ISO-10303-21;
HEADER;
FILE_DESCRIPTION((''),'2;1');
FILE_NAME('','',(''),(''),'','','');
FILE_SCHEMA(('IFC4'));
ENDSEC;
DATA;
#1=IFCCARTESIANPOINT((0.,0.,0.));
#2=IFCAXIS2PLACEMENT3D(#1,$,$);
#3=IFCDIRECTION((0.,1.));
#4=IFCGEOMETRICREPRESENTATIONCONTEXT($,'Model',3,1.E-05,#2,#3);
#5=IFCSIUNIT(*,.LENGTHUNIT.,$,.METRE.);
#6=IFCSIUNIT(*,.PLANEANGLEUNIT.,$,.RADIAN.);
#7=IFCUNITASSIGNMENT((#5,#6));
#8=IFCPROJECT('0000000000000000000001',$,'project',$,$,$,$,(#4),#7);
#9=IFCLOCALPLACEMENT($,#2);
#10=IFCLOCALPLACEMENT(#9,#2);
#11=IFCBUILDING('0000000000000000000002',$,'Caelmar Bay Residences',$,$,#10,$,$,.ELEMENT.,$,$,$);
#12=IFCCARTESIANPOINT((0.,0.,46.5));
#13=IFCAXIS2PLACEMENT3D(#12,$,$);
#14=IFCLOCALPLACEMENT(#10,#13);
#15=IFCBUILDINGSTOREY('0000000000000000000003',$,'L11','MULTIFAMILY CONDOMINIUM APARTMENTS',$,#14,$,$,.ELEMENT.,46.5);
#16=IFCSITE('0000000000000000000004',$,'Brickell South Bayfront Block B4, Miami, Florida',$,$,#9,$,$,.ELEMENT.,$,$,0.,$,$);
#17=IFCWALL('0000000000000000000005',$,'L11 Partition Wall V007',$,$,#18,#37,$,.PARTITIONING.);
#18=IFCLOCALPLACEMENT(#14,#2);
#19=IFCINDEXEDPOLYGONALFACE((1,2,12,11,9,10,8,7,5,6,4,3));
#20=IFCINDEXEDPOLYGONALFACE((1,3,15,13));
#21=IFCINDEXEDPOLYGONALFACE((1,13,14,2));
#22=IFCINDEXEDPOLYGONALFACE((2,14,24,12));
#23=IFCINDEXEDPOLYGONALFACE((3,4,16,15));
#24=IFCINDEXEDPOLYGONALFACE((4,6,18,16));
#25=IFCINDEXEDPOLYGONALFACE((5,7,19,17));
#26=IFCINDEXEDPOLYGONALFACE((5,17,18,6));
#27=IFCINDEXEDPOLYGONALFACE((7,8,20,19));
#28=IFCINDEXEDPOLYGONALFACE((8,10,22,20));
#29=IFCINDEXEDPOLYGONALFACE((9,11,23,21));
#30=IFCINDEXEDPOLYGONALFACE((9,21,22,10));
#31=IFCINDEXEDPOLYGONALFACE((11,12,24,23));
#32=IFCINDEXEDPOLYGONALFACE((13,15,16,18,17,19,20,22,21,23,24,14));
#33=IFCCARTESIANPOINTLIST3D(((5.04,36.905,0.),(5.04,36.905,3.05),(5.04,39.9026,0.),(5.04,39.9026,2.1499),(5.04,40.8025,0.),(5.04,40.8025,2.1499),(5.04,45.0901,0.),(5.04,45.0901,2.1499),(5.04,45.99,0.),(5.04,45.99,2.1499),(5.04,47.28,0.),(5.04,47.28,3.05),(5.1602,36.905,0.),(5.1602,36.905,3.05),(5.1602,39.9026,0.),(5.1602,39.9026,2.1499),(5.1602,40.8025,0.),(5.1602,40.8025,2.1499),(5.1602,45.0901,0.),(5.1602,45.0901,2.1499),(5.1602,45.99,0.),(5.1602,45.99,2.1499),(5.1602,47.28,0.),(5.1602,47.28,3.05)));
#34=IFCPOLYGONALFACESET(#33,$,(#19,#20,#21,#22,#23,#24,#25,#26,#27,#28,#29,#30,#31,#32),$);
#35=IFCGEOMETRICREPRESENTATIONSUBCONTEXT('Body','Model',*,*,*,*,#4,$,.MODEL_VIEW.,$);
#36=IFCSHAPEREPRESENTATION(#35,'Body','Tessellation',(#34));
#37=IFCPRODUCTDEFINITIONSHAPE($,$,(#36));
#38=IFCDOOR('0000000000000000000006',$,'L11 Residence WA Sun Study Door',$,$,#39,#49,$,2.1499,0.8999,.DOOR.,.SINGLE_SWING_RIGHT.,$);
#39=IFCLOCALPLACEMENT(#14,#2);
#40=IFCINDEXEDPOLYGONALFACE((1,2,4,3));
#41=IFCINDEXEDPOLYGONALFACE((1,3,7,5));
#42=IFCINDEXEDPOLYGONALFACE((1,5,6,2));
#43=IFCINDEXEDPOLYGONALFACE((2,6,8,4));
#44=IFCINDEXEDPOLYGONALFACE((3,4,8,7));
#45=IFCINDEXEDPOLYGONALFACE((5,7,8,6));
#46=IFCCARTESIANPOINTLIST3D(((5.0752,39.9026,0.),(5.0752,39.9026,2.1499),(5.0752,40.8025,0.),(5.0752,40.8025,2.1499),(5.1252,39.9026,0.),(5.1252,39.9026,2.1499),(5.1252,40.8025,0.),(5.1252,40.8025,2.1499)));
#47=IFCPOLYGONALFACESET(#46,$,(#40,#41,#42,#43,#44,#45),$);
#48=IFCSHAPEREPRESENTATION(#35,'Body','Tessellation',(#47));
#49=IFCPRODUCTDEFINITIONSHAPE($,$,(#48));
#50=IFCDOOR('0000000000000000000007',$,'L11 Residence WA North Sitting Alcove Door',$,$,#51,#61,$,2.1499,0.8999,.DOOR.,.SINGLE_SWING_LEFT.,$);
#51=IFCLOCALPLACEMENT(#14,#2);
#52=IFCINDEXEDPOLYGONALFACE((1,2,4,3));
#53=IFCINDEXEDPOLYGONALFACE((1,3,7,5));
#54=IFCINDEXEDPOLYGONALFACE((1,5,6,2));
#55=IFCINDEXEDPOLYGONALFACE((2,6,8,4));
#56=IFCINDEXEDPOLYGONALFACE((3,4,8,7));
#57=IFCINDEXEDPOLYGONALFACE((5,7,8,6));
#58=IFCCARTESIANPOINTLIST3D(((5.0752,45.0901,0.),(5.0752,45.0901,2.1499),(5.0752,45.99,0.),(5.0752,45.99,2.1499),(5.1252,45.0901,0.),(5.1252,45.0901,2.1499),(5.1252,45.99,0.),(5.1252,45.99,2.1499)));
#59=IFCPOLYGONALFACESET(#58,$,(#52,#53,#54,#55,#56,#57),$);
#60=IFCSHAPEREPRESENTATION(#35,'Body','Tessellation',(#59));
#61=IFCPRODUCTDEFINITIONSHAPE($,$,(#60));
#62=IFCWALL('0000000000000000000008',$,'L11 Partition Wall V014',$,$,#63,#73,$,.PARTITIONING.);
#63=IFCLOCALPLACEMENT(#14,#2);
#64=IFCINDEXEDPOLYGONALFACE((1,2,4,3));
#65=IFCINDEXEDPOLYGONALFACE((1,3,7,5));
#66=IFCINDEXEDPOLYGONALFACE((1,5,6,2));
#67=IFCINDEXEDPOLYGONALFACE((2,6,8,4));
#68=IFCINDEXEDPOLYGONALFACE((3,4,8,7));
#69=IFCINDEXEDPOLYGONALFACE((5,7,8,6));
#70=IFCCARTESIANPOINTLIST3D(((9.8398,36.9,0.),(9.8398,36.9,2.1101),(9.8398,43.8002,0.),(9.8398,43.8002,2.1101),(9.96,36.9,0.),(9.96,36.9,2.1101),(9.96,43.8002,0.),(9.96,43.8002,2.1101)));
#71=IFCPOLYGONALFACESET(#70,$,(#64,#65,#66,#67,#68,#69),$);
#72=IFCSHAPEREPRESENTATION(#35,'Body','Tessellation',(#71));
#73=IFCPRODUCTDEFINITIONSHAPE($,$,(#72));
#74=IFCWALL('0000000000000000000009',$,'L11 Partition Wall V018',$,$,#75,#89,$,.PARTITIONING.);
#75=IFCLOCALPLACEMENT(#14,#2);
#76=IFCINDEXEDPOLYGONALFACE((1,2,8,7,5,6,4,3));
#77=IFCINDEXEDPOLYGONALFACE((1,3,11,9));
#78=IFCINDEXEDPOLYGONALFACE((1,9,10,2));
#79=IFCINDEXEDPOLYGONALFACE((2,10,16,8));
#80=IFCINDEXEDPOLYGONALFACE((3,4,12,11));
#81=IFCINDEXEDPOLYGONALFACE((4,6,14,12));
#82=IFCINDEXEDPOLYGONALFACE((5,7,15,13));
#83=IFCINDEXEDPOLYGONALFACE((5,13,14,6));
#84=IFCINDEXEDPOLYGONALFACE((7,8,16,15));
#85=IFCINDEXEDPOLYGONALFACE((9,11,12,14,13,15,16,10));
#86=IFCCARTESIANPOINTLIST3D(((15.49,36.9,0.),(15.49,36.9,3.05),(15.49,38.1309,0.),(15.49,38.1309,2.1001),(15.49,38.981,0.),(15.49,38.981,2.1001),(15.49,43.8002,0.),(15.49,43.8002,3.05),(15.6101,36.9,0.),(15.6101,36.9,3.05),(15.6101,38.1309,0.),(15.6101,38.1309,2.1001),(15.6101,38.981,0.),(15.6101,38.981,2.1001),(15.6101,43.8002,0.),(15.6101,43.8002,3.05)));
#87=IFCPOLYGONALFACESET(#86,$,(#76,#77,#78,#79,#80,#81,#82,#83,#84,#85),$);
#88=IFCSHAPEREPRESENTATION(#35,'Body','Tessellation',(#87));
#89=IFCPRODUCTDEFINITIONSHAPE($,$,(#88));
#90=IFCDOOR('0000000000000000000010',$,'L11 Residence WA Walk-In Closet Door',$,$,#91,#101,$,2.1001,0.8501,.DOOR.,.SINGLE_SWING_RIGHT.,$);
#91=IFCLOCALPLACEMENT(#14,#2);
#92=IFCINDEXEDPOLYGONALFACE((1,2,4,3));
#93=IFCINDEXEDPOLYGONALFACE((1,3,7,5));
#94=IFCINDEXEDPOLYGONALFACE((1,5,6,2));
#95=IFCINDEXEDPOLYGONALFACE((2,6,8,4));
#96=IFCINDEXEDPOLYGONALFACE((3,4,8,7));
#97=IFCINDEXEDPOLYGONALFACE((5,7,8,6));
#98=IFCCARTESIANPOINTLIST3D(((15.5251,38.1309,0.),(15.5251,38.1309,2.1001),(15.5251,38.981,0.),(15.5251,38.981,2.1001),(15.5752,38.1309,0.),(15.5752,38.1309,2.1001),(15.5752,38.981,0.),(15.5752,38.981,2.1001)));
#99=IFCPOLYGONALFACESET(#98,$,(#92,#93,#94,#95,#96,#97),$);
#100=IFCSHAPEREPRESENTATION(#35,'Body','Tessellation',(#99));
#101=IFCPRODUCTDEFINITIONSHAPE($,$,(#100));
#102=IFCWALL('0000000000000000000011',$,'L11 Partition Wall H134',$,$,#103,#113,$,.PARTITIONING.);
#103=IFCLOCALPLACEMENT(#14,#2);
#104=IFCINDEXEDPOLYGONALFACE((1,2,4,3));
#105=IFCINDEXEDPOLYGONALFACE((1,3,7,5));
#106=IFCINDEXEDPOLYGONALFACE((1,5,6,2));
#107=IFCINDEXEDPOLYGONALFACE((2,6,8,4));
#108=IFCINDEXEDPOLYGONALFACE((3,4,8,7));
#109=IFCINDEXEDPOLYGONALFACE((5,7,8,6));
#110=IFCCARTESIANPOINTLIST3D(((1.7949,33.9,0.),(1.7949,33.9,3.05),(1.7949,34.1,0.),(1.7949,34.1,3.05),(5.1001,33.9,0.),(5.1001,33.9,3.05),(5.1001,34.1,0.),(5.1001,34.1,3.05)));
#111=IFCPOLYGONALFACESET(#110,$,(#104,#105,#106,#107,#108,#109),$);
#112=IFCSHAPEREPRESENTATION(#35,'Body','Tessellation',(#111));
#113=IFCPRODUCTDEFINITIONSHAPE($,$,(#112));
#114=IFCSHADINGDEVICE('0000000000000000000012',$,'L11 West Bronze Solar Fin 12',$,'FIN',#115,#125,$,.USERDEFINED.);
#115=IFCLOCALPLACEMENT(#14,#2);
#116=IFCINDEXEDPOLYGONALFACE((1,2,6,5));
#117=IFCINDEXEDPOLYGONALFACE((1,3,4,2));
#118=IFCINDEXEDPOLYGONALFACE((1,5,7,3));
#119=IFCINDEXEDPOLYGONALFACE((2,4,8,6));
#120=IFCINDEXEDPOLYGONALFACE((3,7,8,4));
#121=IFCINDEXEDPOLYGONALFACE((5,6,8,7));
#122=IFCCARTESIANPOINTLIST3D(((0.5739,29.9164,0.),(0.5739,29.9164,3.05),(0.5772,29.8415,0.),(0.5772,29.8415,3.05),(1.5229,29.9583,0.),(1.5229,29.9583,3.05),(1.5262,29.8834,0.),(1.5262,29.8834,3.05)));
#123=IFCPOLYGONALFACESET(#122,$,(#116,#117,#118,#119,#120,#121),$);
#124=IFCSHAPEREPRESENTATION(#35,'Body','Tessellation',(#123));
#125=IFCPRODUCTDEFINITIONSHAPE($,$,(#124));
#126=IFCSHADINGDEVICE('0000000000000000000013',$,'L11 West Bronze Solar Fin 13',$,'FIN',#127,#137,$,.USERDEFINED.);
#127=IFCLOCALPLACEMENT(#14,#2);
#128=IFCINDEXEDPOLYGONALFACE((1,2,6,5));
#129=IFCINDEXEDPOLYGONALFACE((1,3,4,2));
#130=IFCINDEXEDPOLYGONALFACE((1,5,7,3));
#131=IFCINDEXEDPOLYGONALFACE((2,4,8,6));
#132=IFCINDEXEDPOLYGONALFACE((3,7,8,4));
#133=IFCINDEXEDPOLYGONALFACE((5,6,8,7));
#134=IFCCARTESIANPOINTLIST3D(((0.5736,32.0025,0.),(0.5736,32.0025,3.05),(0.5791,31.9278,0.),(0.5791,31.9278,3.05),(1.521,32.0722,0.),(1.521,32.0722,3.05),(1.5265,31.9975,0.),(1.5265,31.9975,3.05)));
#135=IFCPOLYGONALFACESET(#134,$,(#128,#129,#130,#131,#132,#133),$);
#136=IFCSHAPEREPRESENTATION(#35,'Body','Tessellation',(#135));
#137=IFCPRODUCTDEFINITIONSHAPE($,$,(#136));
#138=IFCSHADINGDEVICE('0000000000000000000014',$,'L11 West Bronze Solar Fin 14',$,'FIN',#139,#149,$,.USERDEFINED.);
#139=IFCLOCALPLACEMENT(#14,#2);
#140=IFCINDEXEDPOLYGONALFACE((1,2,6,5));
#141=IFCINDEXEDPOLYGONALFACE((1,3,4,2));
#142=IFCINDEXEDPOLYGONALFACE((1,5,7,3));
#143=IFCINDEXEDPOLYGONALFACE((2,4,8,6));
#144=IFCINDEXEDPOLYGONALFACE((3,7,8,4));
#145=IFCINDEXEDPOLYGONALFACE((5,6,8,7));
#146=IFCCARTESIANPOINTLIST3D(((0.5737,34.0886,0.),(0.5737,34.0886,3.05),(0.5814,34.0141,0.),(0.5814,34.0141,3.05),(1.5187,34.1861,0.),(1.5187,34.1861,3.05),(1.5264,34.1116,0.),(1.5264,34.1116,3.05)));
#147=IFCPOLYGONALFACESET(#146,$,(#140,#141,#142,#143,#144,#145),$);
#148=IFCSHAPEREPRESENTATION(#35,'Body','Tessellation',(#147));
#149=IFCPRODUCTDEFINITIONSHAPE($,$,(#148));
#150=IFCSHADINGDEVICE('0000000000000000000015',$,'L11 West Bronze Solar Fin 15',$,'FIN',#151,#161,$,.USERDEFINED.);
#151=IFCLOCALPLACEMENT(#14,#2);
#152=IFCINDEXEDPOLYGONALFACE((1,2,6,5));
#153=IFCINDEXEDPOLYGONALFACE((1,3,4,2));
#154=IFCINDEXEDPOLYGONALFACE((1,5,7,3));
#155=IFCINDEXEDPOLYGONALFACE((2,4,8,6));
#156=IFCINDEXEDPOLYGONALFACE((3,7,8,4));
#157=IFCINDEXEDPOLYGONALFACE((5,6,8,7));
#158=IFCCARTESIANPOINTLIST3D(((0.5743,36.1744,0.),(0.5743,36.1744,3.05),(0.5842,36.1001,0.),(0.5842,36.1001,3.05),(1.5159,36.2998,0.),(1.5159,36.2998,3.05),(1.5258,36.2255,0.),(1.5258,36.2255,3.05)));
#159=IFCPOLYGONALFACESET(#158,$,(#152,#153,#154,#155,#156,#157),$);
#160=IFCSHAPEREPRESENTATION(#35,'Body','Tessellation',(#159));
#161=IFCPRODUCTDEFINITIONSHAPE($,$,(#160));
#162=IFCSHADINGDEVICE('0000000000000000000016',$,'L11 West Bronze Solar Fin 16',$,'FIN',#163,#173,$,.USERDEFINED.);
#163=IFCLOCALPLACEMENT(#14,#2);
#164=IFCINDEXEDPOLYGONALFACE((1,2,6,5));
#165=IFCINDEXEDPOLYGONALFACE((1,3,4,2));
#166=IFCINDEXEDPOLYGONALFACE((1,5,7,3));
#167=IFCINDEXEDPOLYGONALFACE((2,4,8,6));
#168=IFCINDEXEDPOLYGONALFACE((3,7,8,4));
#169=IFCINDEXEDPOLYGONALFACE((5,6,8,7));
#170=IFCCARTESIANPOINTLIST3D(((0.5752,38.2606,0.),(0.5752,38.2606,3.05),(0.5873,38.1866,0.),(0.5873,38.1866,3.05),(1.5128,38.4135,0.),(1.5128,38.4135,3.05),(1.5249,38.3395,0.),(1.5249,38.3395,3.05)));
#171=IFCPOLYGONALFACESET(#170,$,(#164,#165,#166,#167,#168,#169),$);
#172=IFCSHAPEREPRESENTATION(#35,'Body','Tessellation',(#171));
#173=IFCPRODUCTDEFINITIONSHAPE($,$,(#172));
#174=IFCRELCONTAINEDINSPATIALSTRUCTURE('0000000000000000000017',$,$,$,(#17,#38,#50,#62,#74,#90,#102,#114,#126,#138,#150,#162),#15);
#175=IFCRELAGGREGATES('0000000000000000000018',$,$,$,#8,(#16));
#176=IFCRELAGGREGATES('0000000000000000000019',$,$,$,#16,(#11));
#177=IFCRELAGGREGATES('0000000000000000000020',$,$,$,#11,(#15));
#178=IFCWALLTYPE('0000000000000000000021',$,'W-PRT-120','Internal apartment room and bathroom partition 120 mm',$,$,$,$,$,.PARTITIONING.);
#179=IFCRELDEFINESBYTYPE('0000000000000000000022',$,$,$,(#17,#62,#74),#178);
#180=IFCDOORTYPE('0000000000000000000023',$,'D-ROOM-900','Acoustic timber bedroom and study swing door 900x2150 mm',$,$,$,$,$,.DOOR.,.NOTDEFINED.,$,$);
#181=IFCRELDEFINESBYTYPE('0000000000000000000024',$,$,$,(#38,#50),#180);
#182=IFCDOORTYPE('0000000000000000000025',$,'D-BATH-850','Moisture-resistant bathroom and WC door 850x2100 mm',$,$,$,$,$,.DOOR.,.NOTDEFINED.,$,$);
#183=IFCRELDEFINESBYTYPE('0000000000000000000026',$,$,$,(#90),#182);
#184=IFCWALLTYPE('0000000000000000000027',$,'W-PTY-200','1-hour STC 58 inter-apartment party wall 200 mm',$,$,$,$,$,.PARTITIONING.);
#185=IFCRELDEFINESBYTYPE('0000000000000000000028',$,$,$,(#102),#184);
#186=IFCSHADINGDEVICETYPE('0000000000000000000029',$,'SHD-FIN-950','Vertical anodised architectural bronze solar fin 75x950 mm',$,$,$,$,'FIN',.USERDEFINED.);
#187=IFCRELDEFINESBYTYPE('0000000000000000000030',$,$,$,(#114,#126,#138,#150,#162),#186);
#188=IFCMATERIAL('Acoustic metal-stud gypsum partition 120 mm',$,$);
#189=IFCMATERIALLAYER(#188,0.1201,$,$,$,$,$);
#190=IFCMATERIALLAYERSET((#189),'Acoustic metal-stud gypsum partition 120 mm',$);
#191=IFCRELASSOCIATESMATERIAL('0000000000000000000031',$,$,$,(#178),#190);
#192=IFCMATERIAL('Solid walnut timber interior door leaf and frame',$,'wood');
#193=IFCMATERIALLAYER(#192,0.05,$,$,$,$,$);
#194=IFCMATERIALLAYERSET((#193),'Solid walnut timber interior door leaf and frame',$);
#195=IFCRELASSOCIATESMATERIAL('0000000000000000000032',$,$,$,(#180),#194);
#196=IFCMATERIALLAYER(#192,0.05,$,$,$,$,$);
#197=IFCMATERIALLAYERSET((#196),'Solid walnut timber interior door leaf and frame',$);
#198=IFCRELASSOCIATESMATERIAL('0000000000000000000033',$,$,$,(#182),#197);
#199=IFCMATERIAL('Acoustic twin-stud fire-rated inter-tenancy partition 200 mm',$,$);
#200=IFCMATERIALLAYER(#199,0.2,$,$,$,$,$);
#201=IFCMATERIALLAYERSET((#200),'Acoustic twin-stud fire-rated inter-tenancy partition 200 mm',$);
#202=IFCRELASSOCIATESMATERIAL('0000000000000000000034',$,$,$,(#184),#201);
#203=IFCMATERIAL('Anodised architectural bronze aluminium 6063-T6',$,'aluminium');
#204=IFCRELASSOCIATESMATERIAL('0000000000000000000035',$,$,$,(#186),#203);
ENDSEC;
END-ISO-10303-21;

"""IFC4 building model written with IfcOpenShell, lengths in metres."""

from ifc_helpers import new_model, si_unit, direction, frame, frame_2d, origin, origin_2d, place, context, subcontext, project, spatial, rectangle, extrude, material, layer, layer_set, material_profile, profile_set, type_object, element, fill, save


model = new_model("IFC4")

# Units and contexts
model_context = context("Model", 3, precision=1e-05, world=origin(), true_north=direction((0.0, 1.0)))
body_context = subcontext(model_context, "Body", "Model", "MODEL_VIEW")
ifc_project = project(units=[si_unit("LENGTHUNIT", "METRE"), si_unit("PLANEANGLEUNIT", "RADIAN")], contexts=[model_context])

# Site, building, storey
site_placement = place(None, origin())
site = spatial("IfcSite", under=ifc_project, at=site_placement, Name="Brickell South Bayfront Block B4, Miami, Florida", CompositionType="ELEMENT", RefElevation=0.0)
building_placement = place(site_placement, origin())
building = spatial("IfcBuilding", under=site, at=building_placement, Name="Caelmar Bay Residences", CompositionType="ELEMENT")
storey_placement = place(building_placement, frame((0.0, 0.0, 46.5)))
storey = spatial("IfcBuildingStorey", under=building, at=storey_placement, Name="L11", Description="MULTIFAMILY CONDOMINIUM APARTMENTS", CompositionType="ELEMENT", Elevation=46.5)

# Wall, openings, doors
ifc_material_1 = material(Name="Acoustic metal-stud gypsum partition 120 mm")
ifc_layer_1 = layer(ifc_material_1, 0.1201)
ifc_layer_set_1 = layer_set([ifc_layer_1], Name="Acoustic metal-stud gypsum partition 120 mm")
wall_type_1 = type_object("IfcWallType", Name="W-PRT-120", Description="Internal apartment room and bathroom partition 120 mm", PredefinedType="PARTITIONING", material=ifc_layer_set_1)
wall_1_placement = place(storey_placement, frame((5.1001, 36.905, 0.0), z_axis=(0.0, 0.0, 1.0), x_axis=(0.0, 1.0, 0.0)))
wall_1 = element("IfcWall", 1, at=wall_1_placement, inside=storey, type_object=wall_type_1, Name="L11 Partition Wall V007", PredefinedType="PARTITIONING", context=body_context, shape_type="SweptSolid", body=[
    extrude(rectangle(XDim=10.375, YDim=0.1201, at=frame_2d((5.1875, 0.0))), origin(), (0.0, 0.0, 1.0), 3.05),
])
opening_1_placement = place(wall_1_placement, frame((2.9976, 0.0, 0.0)))
opening_1 = element("IfcOpeningElement", 2, at=opening_1_placement, cuts=wall_1, PredefinedType="OPENING", context=body_context, shape_type="SweptSolid", body=[
    extrude(rectangle(XDim=0.8999, YDim=2.1499, at=frame_2d((0.45, 1.075))), frame((0.0, 0.0701, 0.0), z_axis=(0.0, -1.0, 0.0), x_axis=(1.0, 0.0, 0.0)), (0.0, 0.0, 1.0), 0.1401),
])
opening_2_placement = place(wall_1_placement, frame((8.1851, 0.0, 0.0)))
opening_2 = element("IfcOpeningElement", 3, at=opening_2_placement, cuts=wall_1, PredefinedType="OPENING", context=body_context, shape_type="SweptSolid", body=[
    extrude(rectangle(XDim=0.8999, YDim=2.1499, at=frame_2d((0.45, 1.075))), frame((0.0, 0.0701, 0.0), z_axis=(0.0, -1.0, 0.0), x_axis=(1.0, 0.0, 0.0)), (0.0, 0.0, 1.0), 0.1401),
])
ifc_material_2 = material(Name="Solid walnut timber interior door leaf and frame", Category="wood")
ifc_layer_2 = layer(ifc_material_2, 0.05)
ifc_layer_set_2 = layer_set([ifc_layer_2], Name="Solid walnut timber interior door leaf and frame")
door_type_1 = type_object("IfcDoorType", Name="D-ROOM-900", Description="Acoustic timber bedroom and study swing door 900x2150 mm", OperationType="NOTDEFINED", PredefinedType="DOOR", material=ifc_layer_set_2)
door_1_placement = place(opening_1_placement, origin())
door_1 = element("IfcDoor", 4, at=door_1_placement, inside=storey, type_object=door_type_1, Name="L11 Residence WA Sun Study Door", OperationType="SINGLE_SWING_RIGHT", OverallHeight=2.1499, OverallWidth=0.8999, PredefinedType="DOOR", context=body_context, shape_type="SweptSolid", body=[
    extrude(rectangle(XDim=0.8999, YDim=2.1499, at=frame_2d((0.45, 1.075))), frame((0.0, 0.0249, 0.0), z_axis=(0.0, -1.0, 0.0), x_axis=(1.0, 0.0, 0.0)), (0.0, 0.0, 1.0), 0.05),
])
fill(opening_1, door_1)
door_2_placement = place(opening_2_placement, origin())
door_2 = element("IfcDoor", 5, at=door_2_placement, inside=storey, type_object=door_type_1, Name="L11 Residence WA North Sitting Alcove Door", OperationType="SINGLE_SWING_LEFT", OverallHeight=2.1499, OverallWidth=0.8999, PredefinedType="DOOR", context=body_context, shape_type="SweptSolid", body=[
    extrude(rectangle(XDim=0.8999, YDim=2.1499, at=frame_2d((0.45, 1.075))), frame((0.0, 0.0249, 0.0), z_axis=(0.0, -1.0, 0.0), x_axis=(1.0, 0.0, 0.0)), (0.0, 0.0, 1.0), 0.05),
])
fill(opening_2, door_2)

# Wall
wall_2_placement = place(storey_placement, frame((9.8999, 36.8999, 0.0), z_axis=(0.0, 0.0, 1.0), x_axis=(0.0, 1.0, 0.0)))
element("IfcWall", 6, at=wall_2_placement, inside=storey, type_object=wall_type_1, Name="L11 Partition Wall V014", PredefinedType="PARTITIONING", context=body_context, shape_type="SweptSolid", body=[
    extrude(rectangle(XDim=6.9001, YDim=0.1201, at=frame_2d((3.4502, 0.0))), origin(), (0.0, 0.0, 1.0), 2.1101),
])

# Wall, opening, door
wall_3_placement = place(storey_placement, frame((15.55, 36.8999, 0.0), z_axis=(0.0, 0.0, 1.0), x_axis=(0.0, 1.0, 0.0)))
wall_3 = element("IfcWall", 7, at=wall_3_placement, inside=storey, type_object=wall_type_1, Name="L11 Partition Wall V018", PredefinedType="PARTITIONING", context=body_context, shape_type="SweptSolid", body=[
    extrude(rectangle(XDim=6.9001, YDim=0.1201, at=frame_2d((3.4502, 0.0))), origin(), (0.0, 0.0, 1.0), 3.05),
])
opening_3_placement = place(wall_3_placement, frame((1.231, 0.0, 0.0)))
opening_3 = element("IfcOpeningElement", 8, at=opening_3_placement, cuts=wall_3, PredefinedType="OPENING", context=body_context, shape_type="SweptSolid", body=[
    extrude(rectangle(XDim=0.8501, YDim=2.1001, at=frame_2d((0.425, 1.05))), frame((0.0, 0.0701, 0.0), z_axis=(0.0, -1.0, 0.0), x_axis=(1.0, 0.0, 0.0)), (0.0, 0.0, 1.0), 0.1401),
])
ifc_layer_3 = layer(ifc_material_2, 0.05)
ifc_layer_set_3 = layer_set([ifc_layer_3], Name="Solid walnut timber interior door leaf and frame")
door_type_2 = type_object("IfcDoorType", Name="D-BATH-850", Description="Moisture-resistant bathroom and WC door 850x2100 mm", OperationType="NOTDEFINED", PredefinedType="DOOR", material=ifc_layer_set_3)
door_3_placement = place(opening_3_placement, origin())
door_3 = element("IfcDoor", 9, at=door_3_placement, inside=storey, type_object=door_type_2, Name="L11 Residence WA Walk-In Closet Door", OperationType="SINGLE_SWING_RIGHT", OverallHeight=2.1001, OverallWidth=0.8501, PredefinedType="DOOR", context=body_context, shape_type="SweptSolid", body=[
    extrude(rectangle(XDim=0.8501, YDim=2.1001, at=frame_2d((0.425, 1.05))), frame((0.0, 0.0249, 0.0), z_axis=(0.0, -1.0, 0.0), x_axis=(1.0, 0.0, 0.0)), (0.0, 0.0, 1.0), 0.05),
])
fill(opening_3, door_3)

# Wall
ifc_material_3 = material(Name="Acoustic twin-stud fire-rated inter-tenancy partition 200 mm")
ifc_layer_4 = layer(ifc_material_3, 0.2)
ifc_layer_set_4 = layer_set([ifc_layer_4], Name="Acoustic twin-stud fire-rated inter-tenancy partition 200 mm")
wall_type_2 = type_object("IfcWallType", Name="W-PTY-200", Description="1-hour STC 58 inter-apartment party wall 200 mm", PredefinedType="PARTITIONING", material=ifc_layer_set_4)
wall_4_placement = place(storey_placement, frame((1.7949, 34.0, 0.0), z_axis=(0.0, 0.0, 1.0), x_axis=(1.0, 0.0, 0.0)))
element("IfcWall", 10, at=wall_4_placement, inside=storey, type_object=wall_type_2, Name="L11 Partition Wall H134", PredefinedType="PARTITIONING", context=body_context, shape_type="SweptSolid", body=[
    extrude(rectangle(XDim=3.3052, YDim=0.2, at=frame_2d((1.6526, 0.0))), origin(), (0.0, 0.0, 1.0), 3.05),
])

# Shading devices
ifc_material_4 = material(Name="Anodised architectural bronze aluminium 6063-T6", Category="aluminium")
ifc_material_profile_1 = material_profile(ifc_material_4, rectangle(XDim=0.075, YDim=0.95, at=origin_2d()), Name="BRONZE-FIN-75X950")
ifc_profile_set_1 = profile_set([ifc_material_profile_1], Name="Anodised architectural bronze aluminium 6063-T6")
shading_device_type = type_object("IfcShadingDeviceType", Name="SHD-FIN-950", Description="Vertical anodised architectural bronze solar fin 75x950 mm", ElementType="FIN", PredefinedType="USERDEFINED", material=ifc_profile_set_1)
for number, where, z_axis, x_axis, name in (
    (11, (1.05, 29.8999, 0.0), (0.0, 0.0, 1.0), (-0.044142, 0.999025, 0.0), "L11 West Bronze Solar Fin 12"),
    (12, (1.05, 32.0, 0.0), (0.0, 0.0, 1.0), (-0.073412, 0.997302, 0.0), "L11 West Bronze Solar Fin 13"),
    (13, (1.05, 34.1001, 0.0), (0.0, 0.0, 1.0), (-0.102619, 0.994721, 0.0), "L11 West Bronze Solar Fin 14"),
    (14, (1.05, 36.2, 0.0), (0.0, 0.0, 1.0), (-0.13191, 0.991262, 0.0), "L11 West Bronze Solar Fin 15"),
    (15, (1.05, 38.3, 0.0), (0.0, 0.0, 1.0), (-0.160915, 0.986968, 0.0), "L11 West Bronze Solar Fin 16"),
):
    element("IfcShadingDevice", number, at=place(storey_placement, frame(where, z_axis=z_axis, x_axis=x_axis)), inside=storey, type_object=shading_device_type, Name=name, ObjectType="FIN", PredefinedType="USERDEFINED", context=body_context, shape_type="SweptSolid", body=[
        extrude(rectangle(XDim=0.075, YDim=0.95, at=origin_2d()), origin(), (0.0, 0.0, 1.0), 3.05),
    ])

save(model, "model.ifc")
